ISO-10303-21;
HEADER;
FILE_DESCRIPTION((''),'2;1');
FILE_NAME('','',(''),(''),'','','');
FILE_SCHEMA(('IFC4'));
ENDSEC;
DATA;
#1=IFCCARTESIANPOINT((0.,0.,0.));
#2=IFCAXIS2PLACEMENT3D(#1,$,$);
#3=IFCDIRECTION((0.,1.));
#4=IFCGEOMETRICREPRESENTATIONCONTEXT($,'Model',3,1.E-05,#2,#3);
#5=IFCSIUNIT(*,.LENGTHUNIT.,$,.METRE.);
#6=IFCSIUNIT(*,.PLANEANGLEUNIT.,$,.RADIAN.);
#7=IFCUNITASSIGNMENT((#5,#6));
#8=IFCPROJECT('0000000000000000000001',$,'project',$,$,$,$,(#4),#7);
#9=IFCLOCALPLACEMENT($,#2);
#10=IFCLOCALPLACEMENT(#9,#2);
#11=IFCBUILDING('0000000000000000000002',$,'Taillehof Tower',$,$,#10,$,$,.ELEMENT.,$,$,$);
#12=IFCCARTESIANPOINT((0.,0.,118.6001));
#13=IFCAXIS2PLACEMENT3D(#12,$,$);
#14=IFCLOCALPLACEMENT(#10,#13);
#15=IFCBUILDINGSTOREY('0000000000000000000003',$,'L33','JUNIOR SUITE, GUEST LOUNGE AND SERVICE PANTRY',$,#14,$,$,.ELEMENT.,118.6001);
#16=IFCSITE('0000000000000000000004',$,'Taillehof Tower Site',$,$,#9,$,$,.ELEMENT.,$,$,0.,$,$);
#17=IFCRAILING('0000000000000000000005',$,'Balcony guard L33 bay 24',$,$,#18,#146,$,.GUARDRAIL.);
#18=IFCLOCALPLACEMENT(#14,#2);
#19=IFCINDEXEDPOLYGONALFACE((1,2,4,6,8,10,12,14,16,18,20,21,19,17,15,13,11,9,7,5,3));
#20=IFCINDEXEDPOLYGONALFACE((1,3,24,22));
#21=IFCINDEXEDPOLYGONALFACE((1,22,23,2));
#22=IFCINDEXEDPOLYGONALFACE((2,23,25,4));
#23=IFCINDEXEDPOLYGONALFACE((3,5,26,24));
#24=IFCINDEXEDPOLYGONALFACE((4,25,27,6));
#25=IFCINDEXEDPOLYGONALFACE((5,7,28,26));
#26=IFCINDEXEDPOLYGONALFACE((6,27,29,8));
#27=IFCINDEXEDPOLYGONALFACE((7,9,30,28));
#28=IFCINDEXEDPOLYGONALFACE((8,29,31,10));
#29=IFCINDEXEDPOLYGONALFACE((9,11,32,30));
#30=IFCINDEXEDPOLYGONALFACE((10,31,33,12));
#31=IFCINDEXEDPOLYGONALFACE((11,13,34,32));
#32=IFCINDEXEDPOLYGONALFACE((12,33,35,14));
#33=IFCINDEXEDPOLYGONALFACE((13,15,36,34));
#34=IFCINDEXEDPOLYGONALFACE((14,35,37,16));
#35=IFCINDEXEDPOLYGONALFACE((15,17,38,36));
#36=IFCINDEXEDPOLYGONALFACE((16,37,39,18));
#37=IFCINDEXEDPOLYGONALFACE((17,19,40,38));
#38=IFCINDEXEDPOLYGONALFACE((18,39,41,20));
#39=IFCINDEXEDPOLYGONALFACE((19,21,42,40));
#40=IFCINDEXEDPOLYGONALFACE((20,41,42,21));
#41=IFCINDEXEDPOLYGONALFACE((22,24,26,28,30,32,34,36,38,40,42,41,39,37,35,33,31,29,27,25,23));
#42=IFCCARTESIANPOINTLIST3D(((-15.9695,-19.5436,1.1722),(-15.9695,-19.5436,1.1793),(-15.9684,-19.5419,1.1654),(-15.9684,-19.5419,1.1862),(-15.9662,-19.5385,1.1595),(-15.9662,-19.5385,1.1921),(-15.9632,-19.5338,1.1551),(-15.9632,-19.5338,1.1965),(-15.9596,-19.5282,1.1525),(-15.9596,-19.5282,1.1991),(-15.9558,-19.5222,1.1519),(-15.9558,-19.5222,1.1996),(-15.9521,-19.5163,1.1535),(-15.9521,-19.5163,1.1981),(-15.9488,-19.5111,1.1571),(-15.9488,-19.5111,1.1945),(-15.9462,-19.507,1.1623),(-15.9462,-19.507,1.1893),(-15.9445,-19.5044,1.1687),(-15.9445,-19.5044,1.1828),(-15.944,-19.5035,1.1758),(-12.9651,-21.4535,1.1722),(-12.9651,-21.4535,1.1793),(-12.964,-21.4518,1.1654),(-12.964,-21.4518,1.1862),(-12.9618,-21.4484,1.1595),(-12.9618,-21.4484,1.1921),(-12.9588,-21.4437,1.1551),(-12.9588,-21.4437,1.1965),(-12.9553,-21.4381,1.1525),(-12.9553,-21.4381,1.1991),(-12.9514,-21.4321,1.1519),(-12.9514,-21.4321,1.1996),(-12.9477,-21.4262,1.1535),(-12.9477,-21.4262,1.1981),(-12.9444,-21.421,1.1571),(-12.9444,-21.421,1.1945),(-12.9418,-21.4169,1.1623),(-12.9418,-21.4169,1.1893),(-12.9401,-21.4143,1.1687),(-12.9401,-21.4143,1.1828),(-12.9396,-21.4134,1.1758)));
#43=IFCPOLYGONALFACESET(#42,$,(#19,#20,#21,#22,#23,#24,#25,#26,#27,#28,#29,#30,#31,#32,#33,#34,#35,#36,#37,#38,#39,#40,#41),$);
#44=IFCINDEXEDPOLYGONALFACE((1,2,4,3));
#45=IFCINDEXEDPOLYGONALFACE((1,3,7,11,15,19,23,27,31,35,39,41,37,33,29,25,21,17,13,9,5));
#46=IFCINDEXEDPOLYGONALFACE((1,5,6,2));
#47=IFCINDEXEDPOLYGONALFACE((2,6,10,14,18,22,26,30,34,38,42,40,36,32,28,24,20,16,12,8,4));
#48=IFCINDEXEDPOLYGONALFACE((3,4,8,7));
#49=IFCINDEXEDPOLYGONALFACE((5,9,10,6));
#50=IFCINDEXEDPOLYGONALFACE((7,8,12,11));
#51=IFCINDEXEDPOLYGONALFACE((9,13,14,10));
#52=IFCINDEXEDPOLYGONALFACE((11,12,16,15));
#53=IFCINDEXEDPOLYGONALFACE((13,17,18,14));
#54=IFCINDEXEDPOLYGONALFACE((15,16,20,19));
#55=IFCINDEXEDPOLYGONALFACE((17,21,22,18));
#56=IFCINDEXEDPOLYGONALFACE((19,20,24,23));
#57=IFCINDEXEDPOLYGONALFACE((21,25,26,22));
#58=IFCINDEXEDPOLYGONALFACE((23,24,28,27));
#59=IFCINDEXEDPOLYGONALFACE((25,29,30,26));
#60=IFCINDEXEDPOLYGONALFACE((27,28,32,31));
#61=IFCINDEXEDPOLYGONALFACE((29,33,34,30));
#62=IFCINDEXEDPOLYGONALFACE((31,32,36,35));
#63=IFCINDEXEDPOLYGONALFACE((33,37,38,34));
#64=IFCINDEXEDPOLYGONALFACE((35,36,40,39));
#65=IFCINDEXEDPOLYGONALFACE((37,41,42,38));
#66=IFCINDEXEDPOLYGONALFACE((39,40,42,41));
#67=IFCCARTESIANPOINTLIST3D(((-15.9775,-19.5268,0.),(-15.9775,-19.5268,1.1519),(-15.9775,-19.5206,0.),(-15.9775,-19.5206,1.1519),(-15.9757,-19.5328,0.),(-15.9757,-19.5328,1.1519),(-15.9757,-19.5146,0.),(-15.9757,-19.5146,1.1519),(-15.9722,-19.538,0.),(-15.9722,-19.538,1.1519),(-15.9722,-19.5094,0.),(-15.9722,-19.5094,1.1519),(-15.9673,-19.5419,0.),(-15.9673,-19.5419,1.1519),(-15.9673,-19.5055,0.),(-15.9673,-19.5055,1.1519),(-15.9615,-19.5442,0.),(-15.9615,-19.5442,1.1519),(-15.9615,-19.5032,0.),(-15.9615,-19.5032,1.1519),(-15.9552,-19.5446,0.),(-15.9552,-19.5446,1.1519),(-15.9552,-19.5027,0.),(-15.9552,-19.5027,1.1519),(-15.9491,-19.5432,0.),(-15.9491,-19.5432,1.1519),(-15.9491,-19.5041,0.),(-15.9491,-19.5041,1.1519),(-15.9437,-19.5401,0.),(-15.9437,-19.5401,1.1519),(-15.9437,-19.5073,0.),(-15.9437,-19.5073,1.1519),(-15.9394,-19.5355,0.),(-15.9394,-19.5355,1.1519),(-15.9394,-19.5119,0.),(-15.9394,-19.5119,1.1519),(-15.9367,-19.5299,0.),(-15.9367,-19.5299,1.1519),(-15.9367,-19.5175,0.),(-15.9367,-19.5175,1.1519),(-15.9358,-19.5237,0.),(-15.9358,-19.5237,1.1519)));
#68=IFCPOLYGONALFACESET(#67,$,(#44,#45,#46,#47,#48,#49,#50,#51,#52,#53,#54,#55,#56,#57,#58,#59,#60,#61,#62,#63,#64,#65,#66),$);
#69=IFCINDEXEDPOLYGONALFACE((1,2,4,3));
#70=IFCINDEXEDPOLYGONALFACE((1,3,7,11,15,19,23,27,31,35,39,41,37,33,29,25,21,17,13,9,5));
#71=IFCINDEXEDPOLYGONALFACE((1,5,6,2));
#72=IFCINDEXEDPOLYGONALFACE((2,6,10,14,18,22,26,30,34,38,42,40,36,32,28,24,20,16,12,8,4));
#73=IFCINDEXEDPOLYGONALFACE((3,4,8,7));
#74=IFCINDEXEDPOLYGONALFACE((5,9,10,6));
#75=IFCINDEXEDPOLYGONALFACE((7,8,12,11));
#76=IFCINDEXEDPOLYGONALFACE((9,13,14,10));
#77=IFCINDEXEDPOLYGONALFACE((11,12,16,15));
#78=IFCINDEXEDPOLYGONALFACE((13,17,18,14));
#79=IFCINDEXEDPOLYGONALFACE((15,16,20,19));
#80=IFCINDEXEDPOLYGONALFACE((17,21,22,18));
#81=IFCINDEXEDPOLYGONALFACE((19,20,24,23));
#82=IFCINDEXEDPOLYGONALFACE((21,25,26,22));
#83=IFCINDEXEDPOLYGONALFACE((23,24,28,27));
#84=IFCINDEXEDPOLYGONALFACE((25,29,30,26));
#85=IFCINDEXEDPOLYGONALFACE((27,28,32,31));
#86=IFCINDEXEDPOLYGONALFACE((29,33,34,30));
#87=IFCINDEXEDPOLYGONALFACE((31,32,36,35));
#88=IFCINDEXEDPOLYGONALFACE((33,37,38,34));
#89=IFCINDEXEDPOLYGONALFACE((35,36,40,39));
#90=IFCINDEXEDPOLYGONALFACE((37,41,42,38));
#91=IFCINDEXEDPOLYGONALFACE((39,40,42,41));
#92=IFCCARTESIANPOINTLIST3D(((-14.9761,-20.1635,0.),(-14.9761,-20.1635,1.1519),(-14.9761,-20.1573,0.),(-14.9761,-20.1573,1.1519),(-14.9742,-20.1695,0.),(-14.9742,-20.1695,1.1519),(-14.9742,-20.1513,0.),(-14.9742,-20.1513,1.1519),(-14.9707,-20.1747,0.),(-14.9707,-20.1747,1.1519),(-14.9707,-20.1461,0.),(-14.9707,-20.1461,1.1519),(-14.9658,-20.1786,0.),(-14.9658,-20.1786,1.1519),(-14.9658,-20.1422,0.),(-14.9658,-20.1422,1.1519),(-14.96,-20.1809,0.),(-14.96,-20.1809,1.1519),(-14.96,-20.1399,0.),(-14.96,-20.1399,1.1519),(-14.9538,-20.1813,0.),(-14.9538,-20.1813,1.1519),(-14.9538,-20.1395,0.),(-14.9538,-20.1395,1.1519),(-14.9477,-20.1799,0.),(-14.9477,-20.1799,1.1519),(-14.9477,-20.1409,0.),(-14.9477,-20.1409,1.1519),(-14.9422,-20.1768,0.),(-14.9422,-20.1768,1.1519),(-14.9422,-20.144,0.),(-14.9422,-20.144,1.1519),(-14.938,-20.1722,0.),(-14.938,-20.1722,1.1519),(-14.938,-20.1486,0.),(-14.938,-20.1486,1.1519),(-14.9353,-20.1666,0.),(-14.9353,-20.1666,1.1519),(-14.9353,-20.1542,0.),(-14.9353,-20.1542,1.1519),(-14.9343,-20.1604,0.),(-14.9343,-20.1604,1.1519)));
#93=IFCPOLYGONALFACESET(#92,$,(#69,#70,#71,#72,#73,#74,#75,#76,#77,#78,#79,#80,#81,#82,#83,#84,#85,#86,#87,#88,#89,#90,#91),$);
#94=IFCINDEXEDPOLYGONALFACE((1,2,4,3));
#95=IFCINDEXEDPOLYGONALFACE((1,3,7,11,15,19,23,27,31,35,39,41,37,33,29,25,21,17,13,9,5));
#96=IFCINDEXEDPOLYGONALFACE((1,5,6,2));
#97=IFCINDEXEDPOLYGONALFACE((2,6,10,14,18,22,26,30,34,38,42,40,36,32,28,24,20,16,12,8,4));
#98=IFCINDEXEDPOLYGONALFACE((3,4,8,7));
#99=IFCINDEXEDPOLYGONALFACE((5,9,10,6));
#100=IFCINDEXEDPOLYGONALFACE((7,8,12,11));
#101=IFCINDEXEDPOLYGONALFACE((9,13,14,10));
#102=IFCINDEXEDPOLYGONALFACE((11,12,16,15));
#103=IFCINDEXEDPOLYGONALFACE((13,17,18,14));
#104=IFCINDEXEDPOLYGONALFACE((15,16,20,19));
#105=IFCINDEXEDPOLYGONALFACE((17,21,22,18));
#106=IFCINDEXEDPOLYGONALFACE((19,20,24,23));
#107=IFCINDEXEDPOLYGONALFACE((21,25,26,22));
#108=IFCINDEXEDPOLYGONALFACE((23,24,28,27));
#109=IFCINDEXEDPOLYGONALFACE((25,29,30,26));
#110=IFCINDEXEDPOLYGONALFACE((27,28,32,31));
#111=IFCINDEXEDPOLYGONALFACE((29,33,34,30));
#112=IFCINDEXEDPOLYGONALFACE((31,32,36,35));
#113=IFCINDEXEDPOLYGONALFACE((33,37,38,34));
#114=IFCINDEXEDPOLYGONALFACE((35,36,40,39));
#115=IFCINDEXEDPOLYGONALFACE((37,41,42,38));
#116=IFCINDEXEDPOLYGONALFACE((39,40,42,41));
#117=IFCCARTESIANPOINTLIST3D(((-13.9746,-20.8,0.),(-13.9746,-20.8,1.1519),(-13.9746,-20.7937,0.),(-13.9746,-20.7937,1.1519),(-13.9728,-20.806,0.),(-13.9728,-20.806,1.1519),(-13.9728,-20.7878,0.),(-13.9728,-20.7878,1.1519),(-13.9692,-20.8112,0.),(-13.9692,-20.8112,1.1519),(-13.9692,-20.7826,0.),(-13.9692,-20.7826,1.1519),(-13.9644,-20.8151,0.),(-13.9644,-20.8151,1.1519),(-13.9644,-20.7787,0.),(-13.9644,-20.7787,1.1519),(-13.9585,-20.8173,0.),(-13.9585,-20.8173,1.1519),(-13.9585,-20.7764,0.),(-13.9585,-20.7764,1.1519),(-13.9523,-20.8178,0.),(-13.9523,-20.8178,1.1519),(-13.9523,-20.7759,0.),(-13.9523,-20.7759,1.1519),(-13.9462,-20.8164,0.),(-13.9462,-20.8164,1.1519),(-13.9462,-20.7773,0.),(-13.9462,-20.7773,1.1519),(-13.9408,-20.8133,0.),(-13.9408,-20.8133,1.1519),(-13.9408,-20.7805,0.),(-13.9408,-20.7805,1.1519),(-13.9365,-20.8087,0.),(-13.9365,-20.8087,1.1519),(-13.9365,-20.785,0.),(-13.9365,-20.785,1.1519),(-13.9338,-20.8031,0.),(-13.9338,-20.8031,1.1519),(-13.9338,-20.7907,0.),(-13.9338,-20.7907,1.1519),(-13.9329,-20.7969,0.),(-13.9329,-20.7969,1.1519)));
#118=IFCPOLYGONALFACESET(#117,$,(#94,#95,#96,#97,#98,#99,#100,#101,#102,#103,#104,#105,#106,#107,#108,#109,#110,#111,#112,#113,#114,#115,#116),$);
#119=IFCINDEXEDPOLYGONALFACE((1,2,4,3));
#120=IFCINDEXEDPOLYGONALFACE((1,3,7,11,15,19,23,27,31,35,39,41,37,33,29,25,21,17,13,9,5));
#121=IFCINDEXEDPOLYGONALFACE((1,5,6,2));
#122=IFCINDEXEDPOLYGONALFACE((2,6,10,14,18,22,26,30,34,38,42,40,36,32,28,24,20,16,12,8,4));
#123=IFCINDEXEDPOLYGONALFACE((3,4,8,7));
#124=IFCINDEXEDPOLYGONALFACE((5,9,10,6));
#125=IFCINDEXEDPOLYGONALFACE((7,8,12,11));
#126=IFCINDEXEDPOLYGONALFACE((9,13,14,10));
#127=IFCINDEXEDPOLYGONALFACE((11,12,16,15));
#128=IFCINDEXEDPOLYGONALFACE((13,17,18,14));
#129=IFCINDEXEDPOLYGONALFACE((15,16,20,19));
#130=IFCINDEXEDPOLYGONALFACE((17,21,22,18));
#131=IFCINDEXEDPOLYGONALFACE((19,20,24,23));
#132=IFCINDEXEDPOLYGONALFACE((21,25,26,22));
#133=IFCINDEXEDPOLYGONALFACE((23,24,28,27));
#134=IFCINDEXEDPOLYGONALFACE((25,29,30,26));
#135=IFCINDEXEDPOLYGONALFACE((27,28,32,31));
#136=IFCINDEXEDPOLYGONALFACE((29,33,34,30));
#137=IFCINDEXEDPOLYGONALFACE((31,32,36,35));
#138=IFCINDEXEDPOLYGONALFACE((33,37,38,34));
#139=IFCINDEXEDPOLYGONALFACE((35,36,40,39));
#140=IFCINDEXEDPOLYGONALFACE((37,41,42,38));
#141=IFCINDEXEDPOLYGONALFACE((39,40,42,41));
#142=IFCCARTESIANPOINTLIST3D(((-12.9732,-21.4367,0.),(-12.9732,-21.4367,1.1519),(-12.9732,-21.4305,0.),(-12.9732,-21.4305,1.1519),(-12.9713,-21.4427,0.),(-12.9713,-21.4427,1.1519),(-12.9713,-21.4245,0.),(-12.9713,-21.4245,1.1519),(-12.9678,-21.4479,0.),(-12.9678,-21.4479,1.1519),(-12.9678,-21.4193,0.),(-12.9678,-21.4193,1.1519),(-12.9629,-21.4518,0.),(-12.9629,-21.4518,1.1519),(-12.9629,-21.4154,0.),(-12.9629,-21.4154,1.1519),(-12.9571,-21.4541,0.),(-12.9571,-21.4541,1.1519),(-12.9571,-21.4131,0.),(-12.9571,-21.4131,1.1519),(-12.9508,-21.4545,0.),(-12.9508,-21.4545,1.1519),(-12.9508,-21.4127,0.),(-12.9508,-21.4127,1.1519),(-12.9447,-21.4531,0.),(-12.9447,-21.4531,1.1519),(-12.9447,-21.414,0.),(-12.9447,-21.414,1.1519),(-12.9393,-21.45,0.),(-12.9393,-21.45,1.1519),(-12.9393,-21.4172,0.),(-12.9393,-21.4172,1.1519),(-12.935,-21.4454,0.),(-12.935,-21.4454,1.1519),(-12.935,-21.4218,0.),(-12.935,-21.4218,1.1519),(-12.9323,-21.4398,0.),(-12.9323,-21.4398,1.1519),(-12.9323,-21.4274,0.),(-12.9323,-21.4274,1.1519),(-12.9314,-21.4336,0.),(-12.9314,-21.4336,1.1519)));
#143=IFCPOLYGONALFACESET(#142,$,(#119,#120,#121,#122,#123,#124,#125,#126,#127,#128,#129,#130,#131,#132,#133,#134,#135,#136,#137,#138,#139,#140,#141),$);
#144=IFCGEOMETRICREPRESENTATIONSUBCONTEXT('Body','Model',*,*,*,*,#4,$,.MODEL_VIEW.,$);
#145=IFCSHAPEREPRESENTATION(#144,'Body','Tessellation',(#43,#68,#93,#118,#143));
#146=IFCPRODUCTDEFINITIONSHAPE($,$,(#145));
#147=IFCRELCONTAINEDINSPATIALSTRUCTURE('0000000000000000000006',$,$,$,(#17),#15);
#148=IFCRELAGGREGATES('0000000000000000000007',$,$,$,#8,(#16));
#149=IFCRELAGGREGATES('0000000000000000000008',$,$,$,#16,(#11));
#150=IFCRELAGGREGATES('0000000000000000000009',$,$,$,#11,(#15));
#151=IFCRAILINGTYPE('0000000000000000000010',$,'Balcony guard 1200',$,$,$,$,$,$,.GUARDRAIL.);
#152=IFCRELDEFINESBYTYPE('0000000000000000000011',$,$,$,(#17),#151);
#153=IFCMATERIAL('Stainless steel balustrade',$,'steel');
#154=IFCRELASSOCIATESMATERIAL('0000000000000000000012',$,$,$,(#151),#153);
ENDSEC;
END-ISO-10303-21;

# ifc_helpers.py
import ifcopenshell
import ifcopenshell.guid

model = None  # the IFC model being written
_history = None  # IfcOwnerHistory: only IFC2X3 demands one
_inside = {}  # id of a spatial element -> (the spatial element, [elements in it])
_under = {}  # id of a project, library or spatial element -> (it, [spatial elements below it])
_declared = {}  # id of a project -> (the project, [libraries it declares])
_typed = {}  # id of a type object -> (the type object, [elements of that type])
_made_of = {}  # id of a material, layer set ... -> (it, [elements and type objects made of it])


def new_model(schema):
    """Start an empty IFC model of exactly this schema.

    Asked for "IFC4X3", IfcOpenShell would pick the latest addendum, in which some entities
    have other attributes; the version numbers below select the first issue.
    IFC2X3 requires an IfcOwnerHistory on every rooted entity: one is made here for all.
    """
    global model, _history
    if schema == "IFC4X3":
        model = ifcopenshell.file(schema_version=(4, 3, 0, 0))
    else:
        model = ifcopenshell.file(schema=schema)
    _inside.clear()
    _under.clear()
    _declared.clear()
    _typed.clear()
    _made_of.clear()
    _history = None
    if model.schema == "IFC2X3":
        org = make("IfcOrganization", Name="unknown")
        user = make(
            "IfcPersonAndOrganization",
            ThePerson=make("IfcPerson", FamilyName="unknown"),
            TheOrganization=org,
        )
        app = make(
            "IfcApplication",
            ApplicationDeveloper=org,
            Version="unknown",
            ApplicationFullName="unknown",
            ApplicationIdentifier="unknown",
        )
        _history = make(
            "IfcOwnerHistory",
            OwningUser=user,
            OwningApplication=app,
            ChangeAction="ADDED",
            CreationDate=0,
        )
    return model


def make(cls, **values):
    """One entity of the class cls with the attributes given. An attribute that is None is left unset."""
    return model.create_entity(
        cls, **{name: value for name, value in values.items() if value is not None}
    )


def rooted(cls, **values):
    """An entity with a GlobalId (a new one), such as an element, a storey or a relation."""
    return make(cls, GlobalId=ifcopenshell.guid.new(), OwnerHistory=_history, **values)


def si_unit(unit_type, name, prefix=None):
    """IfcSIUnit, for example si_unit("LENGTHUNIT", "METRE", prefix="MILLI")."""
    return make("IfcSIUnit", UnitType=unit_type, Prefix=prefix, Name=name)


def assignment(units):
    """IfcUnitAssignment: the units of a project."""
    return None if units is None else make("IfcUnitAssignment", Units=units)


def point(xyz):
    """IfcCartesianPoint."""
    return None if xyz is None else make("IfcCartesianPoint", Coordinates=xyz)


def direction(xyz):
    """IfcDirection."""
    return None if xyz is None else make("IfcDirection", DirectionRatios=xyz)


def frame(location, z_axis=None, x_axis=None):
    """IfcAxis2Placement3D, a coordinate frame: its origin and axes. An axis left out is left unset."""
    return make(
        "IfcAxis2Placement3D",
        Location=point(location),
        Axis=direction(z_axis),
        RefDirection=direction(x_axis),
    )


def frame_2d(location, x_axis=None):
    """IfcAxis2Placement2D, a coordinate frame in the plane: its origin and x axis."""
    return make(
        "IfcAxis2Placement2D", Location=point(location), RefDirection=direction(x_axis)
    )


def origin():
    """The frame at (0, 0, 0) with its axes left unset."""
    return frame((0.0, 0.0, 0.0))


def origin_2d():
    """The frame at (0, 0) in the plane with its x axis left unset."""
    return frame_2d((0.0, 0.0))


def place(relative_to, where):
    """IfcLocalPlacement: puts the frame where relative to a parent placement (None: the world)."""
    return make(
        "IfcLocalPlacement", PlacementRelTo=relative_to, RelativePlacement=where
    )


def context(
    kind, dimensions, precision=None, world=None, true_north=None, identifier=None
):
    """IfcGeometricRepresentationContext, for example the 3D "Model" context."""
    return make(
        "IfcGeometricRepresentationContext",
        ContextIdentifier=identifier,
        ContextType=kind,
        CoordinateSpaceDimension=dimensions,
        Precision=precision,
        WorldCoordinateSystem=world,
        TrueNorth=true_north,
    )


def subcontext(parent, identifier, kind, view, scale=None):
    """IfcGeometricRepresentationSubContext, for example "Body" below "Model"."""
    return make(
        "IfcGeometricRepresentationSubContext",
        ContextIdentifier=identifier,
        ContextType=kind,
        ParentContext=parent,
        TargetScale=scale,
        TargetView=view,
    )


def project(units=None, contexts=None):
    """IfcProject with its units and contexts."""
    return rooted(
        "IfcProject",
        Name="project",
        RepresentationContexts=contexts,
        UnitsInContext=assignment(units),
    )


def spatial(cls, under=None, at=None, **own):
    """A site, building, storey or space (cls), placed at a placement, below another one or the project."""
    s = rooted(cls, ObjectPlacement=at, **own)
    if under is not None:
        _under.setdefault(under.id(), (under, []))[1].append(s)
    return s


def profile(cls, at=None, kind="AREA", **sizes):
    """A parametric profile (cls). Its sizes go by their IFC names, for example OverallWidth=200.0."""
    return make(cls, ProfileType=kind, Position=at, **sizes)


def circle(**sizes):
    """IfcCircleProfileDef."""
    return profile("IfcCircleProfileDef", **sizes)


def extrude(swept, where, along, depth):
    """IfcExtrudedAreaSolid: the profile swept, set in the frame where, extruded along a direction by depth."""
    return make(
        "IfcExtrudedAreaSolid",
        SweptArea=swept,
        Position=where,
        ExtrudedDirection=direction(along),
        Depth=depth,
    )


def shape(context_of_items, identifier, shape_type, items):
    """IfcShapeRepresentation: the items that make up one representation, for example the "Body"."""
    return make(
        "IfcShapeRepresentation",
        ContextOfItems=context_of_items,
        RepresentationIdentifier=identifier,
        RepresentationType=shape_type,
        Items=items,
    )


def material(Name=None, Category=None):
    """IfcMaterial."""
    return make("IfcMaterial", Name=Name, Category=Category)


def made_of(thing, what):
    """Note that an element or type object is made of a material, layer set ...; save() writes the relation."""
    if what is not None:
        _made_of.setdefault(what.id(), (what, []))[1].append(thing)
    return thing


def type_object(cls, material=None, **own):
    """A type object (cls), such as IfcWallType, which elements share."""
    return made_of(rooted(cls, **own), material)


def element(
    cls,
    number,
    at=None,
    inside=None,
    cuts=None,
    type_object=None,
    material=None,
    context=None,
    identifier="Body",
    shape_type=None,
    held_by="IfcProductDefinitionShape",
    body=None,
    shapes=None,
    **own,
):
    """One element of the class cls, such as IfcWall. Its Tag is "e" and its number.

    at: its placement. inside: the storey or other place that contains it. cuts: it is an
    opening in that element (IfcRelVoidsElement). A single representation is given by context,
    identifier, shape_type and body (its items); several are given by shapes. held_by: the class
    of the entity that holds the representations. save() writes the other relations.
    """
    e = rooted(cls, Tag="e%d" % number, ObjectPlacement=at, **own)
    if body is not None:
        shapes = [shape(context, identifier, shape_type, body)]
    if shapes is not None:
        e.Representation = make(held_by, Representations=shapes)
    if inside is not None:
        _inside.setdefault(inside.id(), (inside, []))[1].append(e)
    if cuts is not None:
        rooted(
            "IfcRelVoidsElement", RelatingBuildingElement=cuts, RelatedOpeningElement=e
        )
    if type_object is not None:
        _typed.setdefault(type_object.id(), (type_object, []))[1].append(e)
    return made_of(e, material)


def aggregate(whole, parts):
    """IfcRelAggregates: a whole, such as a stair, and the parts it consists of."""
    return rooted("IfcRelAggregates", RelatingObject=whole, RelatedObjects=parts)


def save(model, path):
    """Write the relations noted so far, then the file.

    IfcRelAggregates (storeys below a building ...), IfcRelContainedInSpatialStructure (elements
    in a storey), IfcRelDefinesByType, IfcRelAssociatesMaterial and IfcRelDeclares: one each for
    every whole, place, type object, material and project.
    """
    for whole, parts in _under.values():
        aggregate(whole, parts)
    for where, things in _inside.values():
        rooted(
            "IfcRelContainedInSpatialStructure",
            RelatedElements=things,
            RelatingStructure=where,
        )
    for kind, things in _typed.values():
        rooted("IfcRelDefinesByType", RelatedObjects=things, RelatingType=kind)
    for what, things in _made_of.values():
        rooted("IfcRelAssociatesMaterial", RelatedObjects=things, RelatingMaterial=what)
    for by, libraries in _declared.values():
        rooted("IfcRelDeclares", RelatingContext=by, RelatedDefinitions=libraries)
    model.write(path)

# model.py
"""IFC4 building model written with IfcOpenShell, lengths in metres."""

from ifc_helpers import new_model, si_unit, direction, frame, origin, origin_2d, place, context, subcontext, project, spatial, circle, extrude, material, type_object, element, save


model = new_model("IFC4")

# Units and contexts
model_context = context("Model", 3, precision=1e-05, world=origin(), true_north=direction((0.0, 1.0)))
body_context = subcontext(model_context, "Body", "Model", "MODEL_VIEW")
ifc_project = project(units=[si_unit("LENGTHUNIT", "METRE"), si_unit("PLANEANGLEUNIT", "RADIAN")], contexts=[model_context])

# Site, building, storey
site_placement = place(None, origin())
site = spatial("IfcSite", under=ifc_project, at=site_placement, Name="Taillehof Tower Site", CompositionType="ELEMENT", RefElevation=0.0)
building_placement = place(site_placement, origin())
building = spatial("IfcBuilding", under=site, at=building_placement, Name="Taillehof Tower", CompositionType="ELEMENT")
storey_placement = place(building_placement, frame((0.0, 0.0, 118.6001)))
storey = spatial("IfcBuildingStorey", under=building, at=storey_placement, Name="L33", Description="JUNIOR SUITE, GUEST LOUNGE AND SERVICE PANTRY", CompositionType="ELEMENT", Elevation=118.6001)

# Railing
ifc_material_1 = material(Name="Stainless steel balustrade", Category="steel")
railing_type = type_object("IfcRailingType", Name="Balcony guard 1200", PredefinedType="GUARDRAIL", material=ifc_material_1)
railing_placement = place(storey_placement, frame((-15.9568, -19.5237, 0.0)))
element("IfcRailing", 1, at=railing_placement, inside=storey, type_object=railing_type, Name="Balcony guard L33 bay 24", PredefinedType="GUARDRAIL", context=body_context, shape_type="SweptSolid", body=[
    extrude(circle(Radius=0.0239, at=origin_2d()), frame((0.0, 0.0, 1.1758), z_axis=(0.843913, -0.536481, 0.0), x_axis=(0.536481, 0.843913, 0.0)), (0.0, 0.0, 1.0), 3.5601),
    extrude(circle(Radius=0.021, at=origin_2d()), origin(), (0.0, 0.0, 1.0), 1.1519),
    extrude(circle(Radius=0.021, at=origin_2d()), frame((1.0015, -0.6367, 0.0)), (0.0, 0.0, 1.0), 1.1519),
    extrude(circle(Radius=0.021, at=origin_2d()), frame((2.0029, -1.2732, 0.0)), (0.0, 0.0, 1.0), 1.1519),
    extrude(circle(Radius=0.021, at=origin_2d()), frame((3.0044, -1.9099, 0.0)), (0.0, 0.0, 1.0), 1.1519),
])

save(model, "model.ifc")
